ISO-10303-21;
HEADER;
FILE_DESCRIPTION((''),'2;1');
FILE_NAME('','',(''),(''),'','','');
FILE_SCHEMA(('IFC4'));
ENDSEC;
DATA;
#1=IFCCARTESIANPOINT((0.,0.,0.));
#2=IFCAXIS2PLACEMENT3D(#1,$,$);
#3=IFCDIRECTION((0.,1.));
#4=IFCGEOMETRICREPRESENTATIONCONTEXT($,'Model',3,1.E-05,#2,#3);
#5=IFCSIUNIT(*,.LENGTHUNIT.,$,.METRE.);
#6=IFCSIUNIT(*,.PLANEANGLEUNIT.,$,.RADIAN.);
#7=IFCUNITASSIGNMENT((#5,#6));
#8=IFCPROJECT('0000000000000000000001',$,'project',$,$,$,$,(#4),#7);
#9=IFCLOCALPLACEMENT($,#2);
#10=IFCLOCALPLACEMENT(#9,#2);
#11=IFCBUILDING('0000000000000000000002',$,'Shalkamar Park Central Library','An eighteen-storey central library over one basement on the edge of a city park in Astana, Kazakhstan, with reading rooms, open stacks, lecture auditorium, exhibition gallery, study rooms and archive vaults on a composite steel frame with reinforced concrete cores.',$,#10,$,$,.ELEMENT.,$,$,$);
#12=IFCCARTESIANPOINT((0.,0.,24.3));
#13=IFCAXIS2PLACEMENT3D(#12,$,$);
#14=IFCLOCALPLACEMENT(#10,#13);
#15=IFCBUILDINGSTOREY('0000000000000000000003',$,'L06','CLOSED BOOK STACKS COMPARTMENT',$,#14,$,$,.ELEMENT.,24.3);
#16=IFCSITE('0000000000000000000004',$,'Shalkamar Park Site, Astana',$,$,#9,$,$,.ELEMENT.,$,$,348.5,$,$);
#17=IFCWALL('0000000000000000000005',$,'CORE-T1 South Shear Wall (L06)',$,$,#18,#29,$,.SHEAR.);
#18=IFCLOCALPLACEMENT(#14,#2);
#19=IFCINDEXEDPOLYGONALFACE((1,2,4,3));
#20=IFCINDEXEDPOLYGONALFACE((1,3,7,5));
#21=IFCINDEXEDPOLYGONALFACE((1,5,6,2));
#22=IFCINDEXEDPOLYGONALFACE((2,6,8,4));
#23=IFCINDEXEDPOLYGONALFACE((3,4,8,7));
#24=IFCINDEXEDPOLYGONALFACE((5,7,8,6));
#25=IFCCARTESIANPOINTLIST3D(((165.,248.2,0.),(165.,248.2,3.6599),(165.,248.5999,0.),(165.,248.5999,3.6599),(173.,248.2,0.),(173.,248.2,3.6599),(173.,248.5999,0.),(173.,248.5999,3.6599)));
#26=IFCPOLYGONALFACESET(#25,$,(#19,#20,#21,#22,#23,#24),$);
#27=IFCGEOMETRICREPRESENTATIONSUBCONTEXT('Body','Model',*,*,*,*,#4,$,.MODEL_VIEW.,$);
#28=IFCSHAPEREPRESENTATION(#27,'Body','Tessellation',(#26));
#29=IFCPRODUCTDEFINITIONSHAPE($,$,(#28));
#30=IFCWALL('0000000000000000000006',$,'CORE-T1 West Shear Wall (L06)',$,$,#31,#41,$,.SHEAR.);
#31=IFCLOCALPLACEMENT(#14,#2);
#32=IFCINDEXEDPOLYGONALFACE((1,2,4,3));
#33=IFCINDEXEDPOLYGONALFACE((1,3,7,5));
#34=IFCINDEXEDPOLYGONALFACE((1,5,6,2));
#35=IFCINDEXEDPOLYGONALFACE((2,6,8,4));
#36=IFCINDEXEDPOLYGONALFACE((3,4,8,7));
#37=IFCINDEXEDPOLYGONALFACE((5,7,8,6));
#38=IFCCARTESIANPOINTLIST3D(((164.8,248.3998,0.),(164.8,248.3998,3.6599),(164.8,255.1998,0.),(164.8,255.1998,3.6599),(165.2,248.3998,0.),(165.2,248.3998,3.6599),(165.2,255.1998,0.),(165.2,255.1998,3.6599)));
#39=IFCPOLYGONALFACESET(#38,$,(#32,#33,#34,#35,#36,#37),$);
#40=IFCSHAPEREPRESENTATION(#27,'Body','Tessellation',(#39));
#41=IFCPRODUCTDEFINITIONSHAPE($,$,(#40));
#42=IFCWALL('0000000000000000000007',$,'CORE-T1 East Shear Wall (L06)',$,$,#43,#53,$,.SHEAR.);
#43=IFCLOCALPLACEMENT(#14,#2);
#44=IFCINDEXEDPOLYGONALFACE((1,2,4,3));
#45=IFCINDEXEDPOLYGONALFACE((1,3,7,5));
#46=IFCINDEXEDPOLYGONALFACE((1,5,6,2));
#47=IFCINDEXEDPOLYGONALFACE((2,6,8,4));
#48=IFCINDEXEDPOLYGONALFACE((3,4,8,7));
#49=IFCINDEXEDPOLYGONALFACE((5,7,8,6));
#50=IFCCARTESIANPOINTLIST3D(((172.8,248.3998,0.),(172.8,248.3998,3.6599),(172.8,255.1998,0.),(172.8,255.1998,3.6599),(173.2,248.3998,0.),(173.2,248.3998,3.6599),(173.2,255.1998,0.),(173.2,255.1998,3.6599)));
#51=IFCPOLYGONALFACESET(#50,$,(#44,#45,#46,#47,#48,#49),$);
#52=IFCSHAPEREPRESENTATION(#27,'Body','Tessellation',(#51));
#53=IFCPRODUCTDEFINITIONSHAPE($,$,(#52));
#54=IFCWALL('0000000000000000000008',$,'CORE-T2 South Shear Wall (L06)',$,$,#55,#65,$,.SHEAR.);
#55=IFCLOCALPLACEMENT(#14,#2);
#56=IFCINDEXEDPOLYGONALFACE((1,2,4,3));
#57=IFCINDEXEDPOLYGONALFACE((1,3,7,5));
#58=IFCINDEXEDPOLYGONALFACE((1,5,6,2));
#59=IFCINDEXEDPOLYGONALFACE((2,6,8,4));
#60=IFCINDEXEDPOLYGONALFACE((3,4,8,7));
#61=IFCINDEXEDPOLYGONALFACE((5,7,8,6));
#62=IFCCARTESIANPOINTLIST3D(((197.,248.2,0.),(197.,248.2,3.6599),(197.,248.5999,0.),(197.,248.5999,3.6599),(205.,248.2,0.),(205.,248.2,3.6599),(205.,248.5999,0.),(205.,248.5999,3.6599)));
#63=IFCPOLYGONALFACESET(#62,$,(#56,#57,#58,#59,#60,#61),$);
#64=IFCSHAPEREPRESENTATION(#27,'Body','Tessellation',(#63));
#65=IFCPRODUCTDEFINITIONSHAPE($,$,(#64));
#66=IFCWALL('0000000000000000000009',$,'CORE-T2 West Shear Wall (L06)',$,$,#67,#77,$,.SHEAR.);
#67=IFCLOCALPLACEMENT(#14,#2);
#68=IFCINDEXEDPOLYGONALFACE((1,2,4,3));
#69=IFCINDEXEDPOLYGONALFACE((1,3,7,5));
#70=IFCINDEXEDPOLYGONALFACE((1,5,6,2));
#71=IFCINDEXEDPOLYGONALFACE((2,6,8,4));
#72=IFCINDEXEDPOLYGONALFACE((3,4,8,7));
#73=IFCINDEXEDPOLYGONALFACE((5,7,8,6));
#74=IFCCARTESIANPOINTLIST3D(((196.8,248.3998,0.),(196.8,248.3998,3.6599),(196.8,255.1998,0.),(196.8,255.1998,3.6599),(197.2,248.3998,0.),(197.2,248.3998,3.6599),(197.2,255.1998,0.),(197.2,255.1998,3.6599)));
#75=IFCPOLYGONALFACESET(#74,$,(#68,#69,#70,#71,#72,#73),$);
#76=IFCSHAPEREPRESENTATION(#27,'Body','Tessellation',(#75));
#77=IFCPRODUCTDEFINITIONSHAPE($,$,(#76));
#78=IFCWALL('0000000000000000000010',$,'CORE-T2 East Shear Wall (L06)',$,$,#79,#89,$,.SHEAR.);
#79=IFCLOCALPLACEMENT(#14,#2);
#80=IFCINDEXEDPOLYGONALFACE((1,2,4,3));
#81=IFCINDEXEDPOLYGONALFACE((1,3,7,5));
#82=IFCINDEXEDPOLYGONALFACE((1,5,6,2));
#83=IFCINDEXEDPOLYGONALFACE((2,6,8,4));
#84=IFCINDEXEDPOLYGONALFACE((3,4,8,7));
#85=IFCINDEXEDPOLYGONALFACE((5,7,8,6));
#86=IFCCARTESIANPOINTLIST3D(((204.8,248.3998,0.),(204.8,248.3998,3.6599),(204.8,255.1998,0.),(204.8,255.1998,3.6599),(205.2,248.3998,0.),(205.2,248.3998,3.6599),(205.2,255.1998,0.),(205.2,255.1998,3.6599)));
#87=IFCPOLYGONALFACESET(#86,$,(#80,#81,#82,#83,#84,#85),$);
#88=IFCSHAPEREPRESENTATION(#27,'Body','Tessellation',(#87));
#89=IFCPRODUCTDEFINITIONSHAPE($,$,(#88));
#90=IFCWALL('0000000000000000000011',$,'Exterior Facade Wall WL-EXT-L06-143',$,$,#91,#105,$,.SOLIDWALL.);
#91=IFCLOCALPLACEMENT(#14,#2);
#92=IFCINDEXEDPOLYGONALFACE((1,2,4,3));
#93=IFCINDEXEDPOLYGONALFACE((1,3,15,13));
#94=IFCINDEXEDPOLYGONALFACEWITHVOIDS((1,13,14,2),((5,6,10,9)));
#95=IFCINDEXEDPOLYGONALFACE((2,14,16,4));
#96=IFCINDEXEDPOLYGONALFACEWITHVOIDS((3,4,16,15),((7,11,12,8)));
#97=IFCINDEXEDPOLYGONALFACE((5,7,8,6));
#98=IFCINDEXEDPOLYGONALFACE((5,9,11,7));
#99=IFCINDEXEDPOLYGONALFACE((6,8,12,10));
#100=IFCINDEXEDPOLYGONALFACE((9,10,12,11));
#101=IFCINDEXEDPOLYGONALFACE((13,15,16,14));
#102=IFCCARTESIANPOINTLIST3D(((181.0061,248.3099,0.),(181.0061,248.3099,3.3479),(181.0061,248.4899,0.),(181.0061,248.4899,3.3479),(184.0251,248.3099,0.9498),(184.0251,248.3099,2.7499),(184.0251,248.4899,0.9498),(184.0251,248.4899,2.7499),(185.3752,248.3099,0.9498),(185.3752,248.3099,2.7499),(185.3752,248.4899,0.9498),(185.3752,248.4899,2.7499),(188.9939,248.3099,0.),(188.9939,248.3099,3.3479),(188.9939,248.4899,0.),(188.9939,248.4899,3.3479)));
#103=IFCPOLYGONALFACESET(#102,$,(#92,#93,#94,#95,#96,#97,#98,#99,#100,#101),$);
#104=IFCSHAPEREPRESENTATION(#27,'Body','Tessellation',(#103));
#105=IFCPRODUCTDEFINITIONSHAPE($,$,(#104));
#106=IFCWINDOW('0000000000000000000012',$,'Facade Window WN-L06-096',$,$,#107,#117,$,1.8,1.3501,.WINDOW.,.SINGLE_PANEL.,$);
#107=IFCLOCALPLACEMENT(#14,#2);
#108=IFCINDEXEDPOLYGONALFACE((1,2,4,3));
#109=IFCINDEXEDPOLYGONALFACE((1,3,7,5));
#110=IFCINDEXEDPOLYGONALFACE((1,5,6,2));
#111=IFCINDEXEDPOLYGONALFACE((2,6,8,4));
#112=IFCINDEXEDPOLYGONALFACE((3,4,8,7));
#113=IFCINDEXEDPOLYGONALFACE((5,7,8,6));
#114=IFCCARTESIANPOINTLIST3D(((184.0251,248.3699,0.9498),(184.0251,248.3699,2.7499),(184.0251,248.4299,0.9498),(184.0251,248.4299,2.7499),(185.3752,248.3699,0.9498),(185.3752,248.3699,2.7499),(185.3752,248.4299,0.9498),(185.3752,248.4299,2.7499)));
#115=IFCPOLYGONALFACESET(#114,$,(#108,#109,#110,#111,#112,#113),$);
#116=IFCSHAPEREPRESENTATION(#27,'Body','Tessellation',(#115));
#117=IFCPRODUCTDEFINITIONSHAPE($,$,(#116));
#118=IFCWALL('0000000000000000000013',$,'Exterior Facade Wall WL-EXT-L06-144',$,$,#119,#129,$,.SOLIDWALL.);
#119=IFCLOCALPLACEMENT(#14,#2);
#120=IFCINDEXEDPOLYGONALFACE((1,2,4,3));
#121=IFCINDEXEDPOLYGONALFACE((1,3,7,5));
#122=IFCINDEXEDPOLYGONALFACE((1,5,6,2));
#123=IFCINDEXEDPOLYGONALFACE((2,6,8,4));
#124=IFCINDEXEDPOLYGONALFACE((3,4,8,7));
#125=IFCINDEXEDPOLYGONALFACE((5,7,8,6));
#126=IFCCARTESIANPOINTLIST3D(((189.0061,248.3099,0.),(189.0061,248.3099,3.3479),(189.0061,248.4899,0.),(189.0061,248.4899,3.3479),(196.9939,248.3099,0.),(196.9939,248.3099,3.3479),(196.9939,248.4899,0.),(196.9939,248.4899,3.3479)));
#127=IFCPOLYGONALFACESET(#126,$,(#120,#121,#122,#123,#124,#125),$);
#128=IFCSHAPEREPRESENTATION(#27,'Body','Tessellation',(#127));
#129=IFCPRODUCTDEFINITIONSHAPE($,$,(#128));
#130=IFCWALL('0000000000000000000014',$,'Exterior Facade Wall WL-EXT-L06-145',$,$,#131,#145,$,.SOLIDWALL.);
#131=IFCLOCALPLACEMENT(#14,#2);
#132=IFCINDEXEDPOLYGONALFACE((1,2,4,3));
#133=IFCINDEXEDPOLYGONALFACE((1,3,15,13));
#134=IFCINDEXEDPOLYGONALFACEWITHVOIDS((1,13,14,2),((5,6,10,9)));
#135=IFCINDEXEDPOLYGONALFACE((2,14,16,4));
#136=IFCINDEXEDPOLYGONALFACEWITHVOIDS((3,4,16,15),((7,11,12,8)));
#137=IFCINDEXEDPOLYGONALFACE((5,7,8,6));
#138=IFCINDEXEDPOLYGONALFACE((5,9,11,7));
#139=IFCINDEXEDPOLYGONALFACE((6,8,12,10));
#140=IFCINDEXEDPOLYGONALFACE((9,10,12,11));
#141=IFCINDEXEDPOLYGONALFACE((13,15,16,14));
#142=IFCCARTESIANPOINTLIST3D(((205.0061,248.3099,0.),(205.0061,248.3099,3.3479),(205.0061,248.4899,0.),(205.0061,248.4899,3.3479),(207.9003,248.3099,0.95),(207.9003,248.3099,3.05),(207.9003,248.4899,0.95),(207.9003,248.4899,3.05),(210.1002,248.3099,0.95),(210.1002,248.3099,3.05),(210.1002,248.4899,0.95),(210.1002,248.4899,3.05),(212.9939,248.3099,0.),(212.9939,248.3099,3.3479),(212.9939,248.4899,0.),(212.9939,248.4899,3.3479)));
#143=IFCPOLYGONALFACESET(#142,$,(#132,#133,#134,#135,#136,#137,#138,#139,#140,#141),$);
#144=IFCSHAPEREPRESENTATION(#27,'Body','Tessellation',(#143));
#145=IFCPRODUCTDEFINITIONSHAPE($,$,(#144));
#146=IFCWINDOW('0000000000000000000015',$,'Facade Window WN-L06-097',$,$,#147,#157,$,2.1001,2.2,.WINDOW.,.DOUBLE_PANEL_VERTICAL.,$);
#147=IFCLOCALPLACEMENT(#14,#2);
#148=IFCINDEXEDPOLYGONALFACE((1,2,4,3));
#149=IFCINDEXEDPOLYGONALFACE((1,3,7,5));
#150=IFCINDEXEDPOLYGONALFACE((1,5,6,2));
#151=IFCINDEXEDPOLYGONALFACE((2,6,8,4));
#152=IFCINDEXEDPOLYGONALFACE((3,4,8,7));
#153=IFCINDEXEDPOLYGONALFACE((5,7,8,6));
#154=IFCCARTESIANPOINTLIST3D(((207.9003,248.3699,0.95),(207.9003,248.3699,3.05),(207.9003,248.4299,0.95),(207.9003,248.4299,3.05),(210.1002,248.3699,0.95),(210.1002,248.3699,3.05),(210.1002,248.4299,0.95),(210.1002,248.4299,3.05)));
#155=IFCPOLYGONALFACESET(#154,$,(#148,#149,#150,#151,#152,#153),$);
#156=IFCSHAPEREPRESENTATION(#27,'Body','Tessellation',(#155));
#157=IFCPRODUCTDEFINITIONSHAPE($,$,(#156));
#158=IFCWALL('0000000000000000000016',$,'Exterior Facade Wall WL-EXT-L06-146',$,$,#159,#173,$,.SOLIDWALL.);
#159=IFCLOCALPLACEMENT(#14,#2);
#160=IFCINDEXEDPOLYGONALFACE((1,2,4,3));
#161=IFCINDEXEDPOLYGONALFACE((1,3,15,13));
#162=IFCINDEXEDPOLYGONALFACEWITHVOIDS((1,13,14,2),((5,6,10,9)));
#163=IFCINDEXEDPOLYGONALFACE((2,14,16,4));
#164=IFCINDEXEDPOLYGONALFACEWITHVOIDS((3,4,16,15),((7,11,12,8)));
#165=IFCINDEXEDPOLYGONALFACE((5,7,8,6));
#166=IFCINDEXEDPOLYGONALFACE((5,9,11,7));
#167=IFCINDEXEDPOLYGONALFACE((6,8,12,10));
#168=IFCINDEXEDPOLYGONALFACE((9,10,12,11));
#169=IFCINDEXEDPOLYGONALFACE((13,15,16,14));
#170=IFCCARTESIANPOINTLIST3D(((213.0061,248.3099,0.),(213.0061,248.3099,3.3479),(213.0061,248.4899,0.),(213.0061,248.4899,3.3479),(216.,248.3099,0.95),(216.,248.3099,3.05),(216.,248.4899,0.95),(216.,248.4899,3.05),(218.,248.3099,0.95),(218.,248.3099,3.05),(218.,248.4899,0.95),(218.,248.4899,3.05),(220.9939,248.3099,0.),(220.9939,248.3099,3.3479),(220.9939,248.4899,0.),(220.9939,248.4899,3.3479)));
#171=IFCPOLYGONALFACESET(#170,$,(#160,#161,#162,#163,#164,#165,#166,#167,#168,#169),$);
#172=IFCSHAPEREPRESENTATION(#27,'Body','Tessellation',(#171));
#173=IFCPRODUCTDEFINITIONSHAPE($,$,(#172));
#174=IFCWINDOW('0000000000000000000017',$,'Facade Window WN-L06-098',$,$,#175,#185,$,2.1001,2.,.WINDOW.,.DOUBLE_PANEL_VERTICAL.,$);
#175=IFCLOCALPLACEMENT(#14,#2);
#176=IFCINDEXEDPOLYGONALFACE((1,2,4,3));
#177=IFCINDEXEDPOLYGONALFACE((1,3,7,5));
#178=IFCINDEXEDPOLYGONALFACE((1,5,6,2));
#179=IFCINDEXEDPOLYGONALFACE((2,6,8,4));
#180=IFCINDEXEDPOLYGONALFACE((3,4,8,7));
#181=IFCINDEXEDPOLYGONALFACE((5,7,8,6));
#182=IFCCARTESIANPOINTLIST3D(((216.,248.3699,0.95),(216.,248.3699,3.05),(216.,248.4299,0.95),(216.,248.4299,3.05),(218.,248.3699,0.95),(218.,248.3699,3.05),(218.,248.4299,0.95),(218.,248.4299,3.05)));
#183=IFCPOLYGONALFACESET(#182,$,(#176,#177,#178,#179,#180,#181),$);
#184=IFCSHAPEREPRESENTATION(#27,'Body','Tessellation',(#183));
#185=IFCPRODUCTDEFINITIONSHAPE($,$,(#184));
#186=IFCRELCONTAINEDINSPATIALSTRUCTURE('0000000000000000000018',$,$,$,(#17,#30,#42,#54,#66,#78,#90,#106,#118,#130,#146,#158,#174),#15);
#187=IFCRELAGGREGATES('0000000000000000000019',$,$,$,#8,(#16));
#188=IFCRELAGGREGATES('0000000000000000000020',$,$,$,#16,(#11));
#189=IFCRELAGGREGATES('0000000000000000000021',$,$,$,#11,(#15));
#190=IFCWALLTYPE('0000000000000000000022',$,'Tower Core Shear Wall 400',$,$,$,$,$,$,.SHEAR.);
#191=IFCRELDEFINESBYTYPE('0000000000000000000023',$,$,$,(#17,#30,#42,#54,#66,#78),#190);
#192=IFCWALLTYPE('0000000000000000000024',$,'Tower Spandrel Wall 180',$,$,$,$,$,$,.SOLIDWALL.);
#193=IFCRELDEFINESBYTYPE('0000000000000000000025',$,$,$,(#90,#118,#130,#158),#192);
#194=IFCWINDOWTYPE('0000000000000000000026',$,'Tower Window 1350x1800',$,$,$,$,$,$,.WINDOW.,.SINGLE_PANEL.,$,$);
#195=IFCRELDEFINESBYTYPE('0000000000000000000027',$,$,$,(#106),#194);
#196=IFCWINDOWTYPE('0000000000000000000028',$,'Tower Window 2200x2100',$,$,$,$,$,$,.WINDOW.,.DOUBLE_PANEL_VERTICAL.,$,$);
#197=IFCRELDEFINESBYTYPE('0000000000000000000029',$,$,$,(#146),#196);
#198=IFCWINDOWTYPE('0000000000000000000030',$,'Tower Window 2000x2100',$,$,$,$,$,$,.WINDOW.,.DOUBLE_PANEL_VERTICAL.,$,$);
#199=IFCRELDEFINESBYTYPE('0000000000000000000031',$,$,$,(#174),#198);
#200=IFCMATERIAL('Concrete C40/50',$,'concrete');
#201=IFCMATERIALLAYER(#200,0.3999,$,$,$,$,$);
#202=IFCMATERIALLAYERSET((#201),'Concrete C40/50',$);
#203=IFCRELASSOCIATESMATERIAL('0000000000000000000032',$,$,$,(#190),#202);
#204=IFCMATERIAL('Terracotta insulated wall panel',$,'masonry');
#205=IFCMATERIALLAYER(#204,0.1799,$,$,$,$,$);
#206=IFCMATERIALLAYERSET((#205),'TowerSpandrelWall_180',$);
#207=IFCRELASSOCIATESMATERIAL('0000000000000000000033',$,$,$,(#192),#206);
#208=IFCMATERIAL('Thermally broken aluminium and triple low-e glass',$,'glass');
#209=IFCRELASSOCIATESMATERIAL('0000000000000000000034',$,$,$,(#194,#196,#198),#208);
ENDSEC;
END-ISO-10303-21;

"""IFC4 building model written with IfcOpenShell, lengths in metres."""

from ifc_helpers import new_model, si_unit, direction, frame, frame_2d, origin, place, context, subcontext, project, spatial, rectangle, extrude, material, layer, layer_set, type_object, element, fill, save


model = new_model("IFC4")

# Units and contexts
model_context = context("Model", 3, precision=1e-05, world=origin(), true_north=direction((0.0, 1.0)))
body_context = subcontext(model_context, "Body", "Model", "MODEL_VIEW")
ifc_project = project(units=[si_unit("LENGTHUNIT", "METRE"), si_unit("PLANEANGLEUNIT", "RADIAN")], contexts=[model_context])

# Site, building, storey
site_placement = place(None, origin())
site = spatial("IfcSite", under=ifc_project, at=site_placement, Name="Shalkamar Park Site, Astana", CompositionType="ELEMENT", RefElevation=348.5)
building_placement = place(site_placement, origin())
building = spatial("IfcBuilding", under=site, at=building_placement, Name="Shalkamar Park Central Library", Description="An eighteen-storey central library over one basement on the edge of a city park in Astana, Kazakhstan, with reading rooms, open stacks, lecture auditorium, exhibition gallery, study rooms and archive vaults on a composite steel frame with reinforced concrete cores.", CompositionType="ELEMENT")
storey_placement = place(building_placement, frame((0.0, 0.0, 24.3)))
storey = spatial("IfcBuildingStorey", under=building, at=storey_placement, Name="L06", Description="CLOSED BOOK STACKS COMPARTMENT", CompositionType="ELEMENT", Elevation=24.3)

# Walls
ifc_material_1 = material(Name="Concrete C40/50", Category="concrete")
ifc_layer_1 = layer(ifc_material_1, 0.3999)
ifc_layer_set_1 = layer_set([ifc_layer_1], Name="Concrete C40/50")
wall_type_1 = type_object("IfcWallType", Name="Tower Core Shear Wall 400", PredefinedType="SHEAR", material=ifc_layer_set_1)
wall_1_placement = place(storey_placement, frame((165.0, 248.3999, 0.0), z_axis=(0.0, 0.0, 1.0), x_axis=(1.0, 0.0, 0.0)))
element("IfcWall", 1, at=wall_1_placement, inside=storey, type_object=wall_type_1, Name="CORE-T1 South Shear Wall (L06)", PredefinedType="SHEAR", context=body_context, shape_type="SweptSolid", body=[
    extrude(rectangle(XDim=8.0, YDim=0.3999, at=frame_2d((4.0, 0.0))), origin(), (0.0, 0.0, 1.0), 3.6599),
])
for number, where, z_axis, x_axis, name in (
    (2, (165.0, 248.3999, 0.0), (0.0, 0.0, 1.0), (0.0, 1.0, 0.0), "CORE-T1 West Shear Wall (L06)"),
    (3, (173.0, 248.3999, 0.0), (0.0, 0.0, 1.0), (0.0, 1.0, 0.0), "CORE-T1 East Shear Wall (L06)"),
):
    element("IfcWall", number, at=place(storey_placement, frame(where, z_axis=z_axis, x_axis=x_axis)), inside=storey, type_object=wall_type_1, Name=name, PredefinedType="SHEAR", context=body_context, shape_type="SweptSolid", body=[
        extrude(rectangle(XDim=6.8, YDim=0.3999, at=frame_2d((3.3999, 0.0))), origin(), (0.0, 0.0, 1.0), 3.6599),
    ])
wall_2_placement = place(storey_placement, frame((197.0, 248.3999, 0.0), z_axis=(0.0, 0.0, 1.0), x_axis=(1.0, 0.0, 0.0)))
element("IfcWall", 4, at=wall_2_placement, inside=storey, type_object=wall_type_1, Name="CORE-T2 South Shear Wall (L06)", PredefinedType="SHEAR", context=body_context, shape_type="SweptSolid", body=[
    extrude(rectangle(XDim=8.0, YDim=0.3999, at=frame_2d((4.0, 0.0))), origin(), (0.0, 0.0, 1.0), 3.6599),
])
for number, where, z_axis, x_axis, name in (
    (5, (197.0, 248.3999, 0.0), (0.0, 0.0, 1.0), (0.0, 1.0, 0.0), "CORE-T2 West Shear Wall (L06)"),
    (6, (205.0, 248.3999, 0.0), (0.0, 0.0, 1.0), (0.0, 1.0, 0.0), "CORE-T2 East Shear Wall (L06)"),
):
    element("IfcWall", number, at=place(storey_placement, frame(where, z_axis=z_axis, x_axis=x_axis)), inside=storey, type_object=wall_type_1, Name=name, PredefinedType="SHEAR", context=body_context, shape_type="SweptSolid", body=[
        extrude(rectangle(XDim=6.8, YDim=0.3999, at=frame_2d((3.3999, 0.0))), origin(), (0.0, 0.0, 1.0), 3.6599),
    ])

# Wall, opening, window
ifc_material_2 = material(Name="Terracotta insulated wall panel", Category="masonry")
ifc_layer_2 = layer(ifc_material_2, 0.1799)
ifc_layer_set_2 = layer_set([ifc_layer_2], Name="TowerSpandrelWall_180")
wall_type_2 = type_object("IfcWallType", Name="Tower Spandrel Wall 180", PredefinedType="SOLIDWALL", material=ifc_layer_set_2)
wall_3_placement = place(storey_placement, frame((181.0061, 248.3999, 0.0), z_axis=(0.0, 0.0, 1.0), x_axis=(1.0, 0.0, 0.0)))
wall_3 = element("IfcWall", 7, at=wall_3_placement, inside=storey, type_object=wall_type_2, Name="Exterior Facade Wall WL-EXT-L06-143", PredefinedType="SOLIDWALL", context=body_context, shape_type="SweptSolid", body=[
    extrude(rectangle(XDim=7.9878, YDim=0.1799, at=frame_2d((3.9939, 0.0))), origin(), (0.0, 0.0, 1.0), 3.3479),
])
opening_1_placement = place(wall_3_placement, frame((3.019, 0.0, 0.95)))
opening_1 = element("IfcOpeningElement", 8, at=opening_1_placement, cuts=wall_3, PredefinedType="OPENING", context=body_context, shape_type="SweptSolid", body=[
    extrude(rectangle(XDim=1.3501, YDim=1.8, at=frame_2d((0.675, 0.8999))), frame((0.0, 0.105, 0.0), z_axis=(0.0, -1.0, 0.0), x_axis=(1.0, 0.0, 0.0)), (0.0, 0.0, 1.0), 0.2097),
])
ifc_material_3 = material(Name="Thermally broken aluminium and triple low-e glass", Category="glass")
window_type_1 = type_object("IfcWindowType", Name="Tower Window 1350x1800", PartitioningType="SINGLE_PANEL", PredefinedType="WINDOW", material=ifc_material_3)
window_1_placement = place(opening_1_placement, origin())
window_1 = element("IfcWindow", 9, at=window_1_placement, inside=storey, type_object=window_type_1, Name="Facade Window WN-L06-096", OverallHeight=1.8, OverallWidth=1.3501, PartitioningType="SINGLE_PANEL", PredefinedType="WINDOW", context=body_context, shape_type="SweptSolid", body=[
    extrude(rectangle(XDim=1.3501, YDim=1.8, at=frame_2d((0.675, 0.8999))), frame((0.0, 0.03, 0.0), z_axis=(0.0, -1.0, 0.0), x_axis=(1.0, 0.0, 0.0)), (0.0, 0.0, 1.0), 0.0601),
])
fill(opening_1, window_1)

# Wall
wall_4_placement = place(storey_placement, frame((189.0061, 248.3999, 0.0), z_axis=(0.0, 0.0, 1.0), x_axis=(1.0, 0.0, 0.0)))
element("IfcWall", 10, at=wall_4_placement, inside=storey, type_object=wall_type_2, Name="Exterior Facade Wall WL-EXT-L06-144", PredefinedType="SOLIDWALL", context=body_context, shape_type="SweptSolid", body=[
    extrude(rectangle(XDim=7.9878, YDim=0.1799, at=frame_2d((3.9939, 0.0))), origin(), (0.0, 0.0, 1.0), 3.3479),
])

# Walls, openings, windows
wall_5_placement = place(storey_placement, frame((205.0061, 248.3999, 0.0), z_axis=(0.0, 0.0, 1.0), x_axis=(1.0, 0.0, 0.0)))
wall_5 = element("IfcWall", 11, at=wall_5_placement, inside=storey, type_object=wall_type_2, Name="Exterior Facade Wall WL-EXT-L06-145", PredefinedType="SOLIDWALL", context=body_context, shape_type="SweptSolid", body=[
    extrude(rectangle(XDim=7.9878, YDim=0.1799, at=frame_2d((3.9939, 0.0))), origin(), (0.0, 0.0, 1.0), 3.3479),
])
opening_2_placement = place(wall_5_placement, frame((2.894, 0.0, 0.95)))
opening_2 = element("IfcOpeningElement", 12, at=opening_2_placement, cuts=wall_5, PredefinedType="OPENING", context=body_context, shape_type="SweptSolid", body=[
    extrude(rectangle(XDim=2.2, YDim=2.1001, at=frame_2d((1.1001, 1.05))), frame((0.0, 0.105, 0.0), z_axis=(0.0, -1.0, 0.0), x_axis=(1.0, 0.0, 0.0)), (0.0, 0.0, 1.0), 0.2097),
])
window_type_2 = type_object("IfcWindowType", Name="Tower Window 2200x2100", PartitioningType="DOUBLE_PANEL_VERTICAL", PredefinedType="WINDOW", material=ifc_material_3)
window_2_placement = place(opening_2_placement, origin())
window_2 = element("IfcWindow", 13, at=window_2_placement, inside=storey, type_object=window_type_2, Name="Facade Window WN-L06-097", OverallHeight=2.1001, OverallWidth=2.2, PartitioningType="DOUBLE_PANEL_VERTICAL", PredefinedType="WINDOW", context=body_context, shape_type="SweptSolid", body=[
    extrude(rectangle(XDim=2.2, YDim=2.1001, at=frame_2d((1.1001, 1.05))), frame((0.0, 0.03, 0.0), z_axis=(0.0, -1.0, 0.0), x_axis=(1.0, 0.0, 0.0)), (0.0, 0.0, 1.0), 0.0601),
])
fill(opening_2, window_2)
wall_6_placement = place(storey_placement, frame((213.0061, 248.3999, 0.0), z_axis=(0.0, 0.0, 1.0), x_axis=(1.0, 0.0, 0.0)))
wall_6 = element("IfcWall", 14, at=wall_6_placement, inside=storey, type_object=wall_type_2, Name="Exterior Facade Wall WL-EXT-L06-146", PredefinedType="SOLIDWALL", context=body_context, shape_type="SweptSolid", body=[
    extrude(rectangle(XDim=7.9878, YDim=0.1799, at=frame_2d((3.9939, 0.0))), origin(), (0.0, 0.0, 1.0), 3.3479),
])
opening_3_placement = place(wall_6_placement, frame((2.9939, 0.0, 0.95)))
opening_3 = element("IfcOpeningElement", 15, at=opening_3_placement, cuts=wall_6, PredefinedType="OPENING", context=body_context, shape_type="SweptSolid", body=[
    extrude(rectangle(XDim=2.0, YDim=2.1001, at=frame_2d((1.0, 1.05))), frame((0.0, 0.105, 0.0), z_axis=(0.0, -1.0, 0.0), x_axis=(1.0, 0.0, 0.0)), (0.0, 0.0, 1.0), 0.2097),
])
window_type_3 = type_object("IfcWindowType", Name="Tower Window 2000x2100", PartitioningType="DOUBLE_PANEL_VERTICAL", PredefinedType="WINDOW", material=ifc_material_3)
window_3_placement = place(opening_3_placement, origin())
window_3 = element("IfcWindow", 16, at=window_3_placement, inside=storey, type_object=window_type_3, Name="Facade Window WN-L06-098", OverallHeight=2.1001, OverallWidth=2.0, PartitioningType="DOUBLE_PANEL_VERTICAL", PredefinedType="WINDOW", context=body_context, shape_type="SweptSolid", body=[
    extrude(rectangle(XDim=2.0, YDim=2.1001, at=frame_2d((1.0, 1.05))), frame((0.0, 0.03, 0.0), z_axis=(0.0, -1.0, 0.0), x_axis=(1.0, 0.0, 0.0)), (0.0, 0.0, 1.0), 0.0601),
])
fill(opening_3, window_3)

save(model, "model.ifc")
